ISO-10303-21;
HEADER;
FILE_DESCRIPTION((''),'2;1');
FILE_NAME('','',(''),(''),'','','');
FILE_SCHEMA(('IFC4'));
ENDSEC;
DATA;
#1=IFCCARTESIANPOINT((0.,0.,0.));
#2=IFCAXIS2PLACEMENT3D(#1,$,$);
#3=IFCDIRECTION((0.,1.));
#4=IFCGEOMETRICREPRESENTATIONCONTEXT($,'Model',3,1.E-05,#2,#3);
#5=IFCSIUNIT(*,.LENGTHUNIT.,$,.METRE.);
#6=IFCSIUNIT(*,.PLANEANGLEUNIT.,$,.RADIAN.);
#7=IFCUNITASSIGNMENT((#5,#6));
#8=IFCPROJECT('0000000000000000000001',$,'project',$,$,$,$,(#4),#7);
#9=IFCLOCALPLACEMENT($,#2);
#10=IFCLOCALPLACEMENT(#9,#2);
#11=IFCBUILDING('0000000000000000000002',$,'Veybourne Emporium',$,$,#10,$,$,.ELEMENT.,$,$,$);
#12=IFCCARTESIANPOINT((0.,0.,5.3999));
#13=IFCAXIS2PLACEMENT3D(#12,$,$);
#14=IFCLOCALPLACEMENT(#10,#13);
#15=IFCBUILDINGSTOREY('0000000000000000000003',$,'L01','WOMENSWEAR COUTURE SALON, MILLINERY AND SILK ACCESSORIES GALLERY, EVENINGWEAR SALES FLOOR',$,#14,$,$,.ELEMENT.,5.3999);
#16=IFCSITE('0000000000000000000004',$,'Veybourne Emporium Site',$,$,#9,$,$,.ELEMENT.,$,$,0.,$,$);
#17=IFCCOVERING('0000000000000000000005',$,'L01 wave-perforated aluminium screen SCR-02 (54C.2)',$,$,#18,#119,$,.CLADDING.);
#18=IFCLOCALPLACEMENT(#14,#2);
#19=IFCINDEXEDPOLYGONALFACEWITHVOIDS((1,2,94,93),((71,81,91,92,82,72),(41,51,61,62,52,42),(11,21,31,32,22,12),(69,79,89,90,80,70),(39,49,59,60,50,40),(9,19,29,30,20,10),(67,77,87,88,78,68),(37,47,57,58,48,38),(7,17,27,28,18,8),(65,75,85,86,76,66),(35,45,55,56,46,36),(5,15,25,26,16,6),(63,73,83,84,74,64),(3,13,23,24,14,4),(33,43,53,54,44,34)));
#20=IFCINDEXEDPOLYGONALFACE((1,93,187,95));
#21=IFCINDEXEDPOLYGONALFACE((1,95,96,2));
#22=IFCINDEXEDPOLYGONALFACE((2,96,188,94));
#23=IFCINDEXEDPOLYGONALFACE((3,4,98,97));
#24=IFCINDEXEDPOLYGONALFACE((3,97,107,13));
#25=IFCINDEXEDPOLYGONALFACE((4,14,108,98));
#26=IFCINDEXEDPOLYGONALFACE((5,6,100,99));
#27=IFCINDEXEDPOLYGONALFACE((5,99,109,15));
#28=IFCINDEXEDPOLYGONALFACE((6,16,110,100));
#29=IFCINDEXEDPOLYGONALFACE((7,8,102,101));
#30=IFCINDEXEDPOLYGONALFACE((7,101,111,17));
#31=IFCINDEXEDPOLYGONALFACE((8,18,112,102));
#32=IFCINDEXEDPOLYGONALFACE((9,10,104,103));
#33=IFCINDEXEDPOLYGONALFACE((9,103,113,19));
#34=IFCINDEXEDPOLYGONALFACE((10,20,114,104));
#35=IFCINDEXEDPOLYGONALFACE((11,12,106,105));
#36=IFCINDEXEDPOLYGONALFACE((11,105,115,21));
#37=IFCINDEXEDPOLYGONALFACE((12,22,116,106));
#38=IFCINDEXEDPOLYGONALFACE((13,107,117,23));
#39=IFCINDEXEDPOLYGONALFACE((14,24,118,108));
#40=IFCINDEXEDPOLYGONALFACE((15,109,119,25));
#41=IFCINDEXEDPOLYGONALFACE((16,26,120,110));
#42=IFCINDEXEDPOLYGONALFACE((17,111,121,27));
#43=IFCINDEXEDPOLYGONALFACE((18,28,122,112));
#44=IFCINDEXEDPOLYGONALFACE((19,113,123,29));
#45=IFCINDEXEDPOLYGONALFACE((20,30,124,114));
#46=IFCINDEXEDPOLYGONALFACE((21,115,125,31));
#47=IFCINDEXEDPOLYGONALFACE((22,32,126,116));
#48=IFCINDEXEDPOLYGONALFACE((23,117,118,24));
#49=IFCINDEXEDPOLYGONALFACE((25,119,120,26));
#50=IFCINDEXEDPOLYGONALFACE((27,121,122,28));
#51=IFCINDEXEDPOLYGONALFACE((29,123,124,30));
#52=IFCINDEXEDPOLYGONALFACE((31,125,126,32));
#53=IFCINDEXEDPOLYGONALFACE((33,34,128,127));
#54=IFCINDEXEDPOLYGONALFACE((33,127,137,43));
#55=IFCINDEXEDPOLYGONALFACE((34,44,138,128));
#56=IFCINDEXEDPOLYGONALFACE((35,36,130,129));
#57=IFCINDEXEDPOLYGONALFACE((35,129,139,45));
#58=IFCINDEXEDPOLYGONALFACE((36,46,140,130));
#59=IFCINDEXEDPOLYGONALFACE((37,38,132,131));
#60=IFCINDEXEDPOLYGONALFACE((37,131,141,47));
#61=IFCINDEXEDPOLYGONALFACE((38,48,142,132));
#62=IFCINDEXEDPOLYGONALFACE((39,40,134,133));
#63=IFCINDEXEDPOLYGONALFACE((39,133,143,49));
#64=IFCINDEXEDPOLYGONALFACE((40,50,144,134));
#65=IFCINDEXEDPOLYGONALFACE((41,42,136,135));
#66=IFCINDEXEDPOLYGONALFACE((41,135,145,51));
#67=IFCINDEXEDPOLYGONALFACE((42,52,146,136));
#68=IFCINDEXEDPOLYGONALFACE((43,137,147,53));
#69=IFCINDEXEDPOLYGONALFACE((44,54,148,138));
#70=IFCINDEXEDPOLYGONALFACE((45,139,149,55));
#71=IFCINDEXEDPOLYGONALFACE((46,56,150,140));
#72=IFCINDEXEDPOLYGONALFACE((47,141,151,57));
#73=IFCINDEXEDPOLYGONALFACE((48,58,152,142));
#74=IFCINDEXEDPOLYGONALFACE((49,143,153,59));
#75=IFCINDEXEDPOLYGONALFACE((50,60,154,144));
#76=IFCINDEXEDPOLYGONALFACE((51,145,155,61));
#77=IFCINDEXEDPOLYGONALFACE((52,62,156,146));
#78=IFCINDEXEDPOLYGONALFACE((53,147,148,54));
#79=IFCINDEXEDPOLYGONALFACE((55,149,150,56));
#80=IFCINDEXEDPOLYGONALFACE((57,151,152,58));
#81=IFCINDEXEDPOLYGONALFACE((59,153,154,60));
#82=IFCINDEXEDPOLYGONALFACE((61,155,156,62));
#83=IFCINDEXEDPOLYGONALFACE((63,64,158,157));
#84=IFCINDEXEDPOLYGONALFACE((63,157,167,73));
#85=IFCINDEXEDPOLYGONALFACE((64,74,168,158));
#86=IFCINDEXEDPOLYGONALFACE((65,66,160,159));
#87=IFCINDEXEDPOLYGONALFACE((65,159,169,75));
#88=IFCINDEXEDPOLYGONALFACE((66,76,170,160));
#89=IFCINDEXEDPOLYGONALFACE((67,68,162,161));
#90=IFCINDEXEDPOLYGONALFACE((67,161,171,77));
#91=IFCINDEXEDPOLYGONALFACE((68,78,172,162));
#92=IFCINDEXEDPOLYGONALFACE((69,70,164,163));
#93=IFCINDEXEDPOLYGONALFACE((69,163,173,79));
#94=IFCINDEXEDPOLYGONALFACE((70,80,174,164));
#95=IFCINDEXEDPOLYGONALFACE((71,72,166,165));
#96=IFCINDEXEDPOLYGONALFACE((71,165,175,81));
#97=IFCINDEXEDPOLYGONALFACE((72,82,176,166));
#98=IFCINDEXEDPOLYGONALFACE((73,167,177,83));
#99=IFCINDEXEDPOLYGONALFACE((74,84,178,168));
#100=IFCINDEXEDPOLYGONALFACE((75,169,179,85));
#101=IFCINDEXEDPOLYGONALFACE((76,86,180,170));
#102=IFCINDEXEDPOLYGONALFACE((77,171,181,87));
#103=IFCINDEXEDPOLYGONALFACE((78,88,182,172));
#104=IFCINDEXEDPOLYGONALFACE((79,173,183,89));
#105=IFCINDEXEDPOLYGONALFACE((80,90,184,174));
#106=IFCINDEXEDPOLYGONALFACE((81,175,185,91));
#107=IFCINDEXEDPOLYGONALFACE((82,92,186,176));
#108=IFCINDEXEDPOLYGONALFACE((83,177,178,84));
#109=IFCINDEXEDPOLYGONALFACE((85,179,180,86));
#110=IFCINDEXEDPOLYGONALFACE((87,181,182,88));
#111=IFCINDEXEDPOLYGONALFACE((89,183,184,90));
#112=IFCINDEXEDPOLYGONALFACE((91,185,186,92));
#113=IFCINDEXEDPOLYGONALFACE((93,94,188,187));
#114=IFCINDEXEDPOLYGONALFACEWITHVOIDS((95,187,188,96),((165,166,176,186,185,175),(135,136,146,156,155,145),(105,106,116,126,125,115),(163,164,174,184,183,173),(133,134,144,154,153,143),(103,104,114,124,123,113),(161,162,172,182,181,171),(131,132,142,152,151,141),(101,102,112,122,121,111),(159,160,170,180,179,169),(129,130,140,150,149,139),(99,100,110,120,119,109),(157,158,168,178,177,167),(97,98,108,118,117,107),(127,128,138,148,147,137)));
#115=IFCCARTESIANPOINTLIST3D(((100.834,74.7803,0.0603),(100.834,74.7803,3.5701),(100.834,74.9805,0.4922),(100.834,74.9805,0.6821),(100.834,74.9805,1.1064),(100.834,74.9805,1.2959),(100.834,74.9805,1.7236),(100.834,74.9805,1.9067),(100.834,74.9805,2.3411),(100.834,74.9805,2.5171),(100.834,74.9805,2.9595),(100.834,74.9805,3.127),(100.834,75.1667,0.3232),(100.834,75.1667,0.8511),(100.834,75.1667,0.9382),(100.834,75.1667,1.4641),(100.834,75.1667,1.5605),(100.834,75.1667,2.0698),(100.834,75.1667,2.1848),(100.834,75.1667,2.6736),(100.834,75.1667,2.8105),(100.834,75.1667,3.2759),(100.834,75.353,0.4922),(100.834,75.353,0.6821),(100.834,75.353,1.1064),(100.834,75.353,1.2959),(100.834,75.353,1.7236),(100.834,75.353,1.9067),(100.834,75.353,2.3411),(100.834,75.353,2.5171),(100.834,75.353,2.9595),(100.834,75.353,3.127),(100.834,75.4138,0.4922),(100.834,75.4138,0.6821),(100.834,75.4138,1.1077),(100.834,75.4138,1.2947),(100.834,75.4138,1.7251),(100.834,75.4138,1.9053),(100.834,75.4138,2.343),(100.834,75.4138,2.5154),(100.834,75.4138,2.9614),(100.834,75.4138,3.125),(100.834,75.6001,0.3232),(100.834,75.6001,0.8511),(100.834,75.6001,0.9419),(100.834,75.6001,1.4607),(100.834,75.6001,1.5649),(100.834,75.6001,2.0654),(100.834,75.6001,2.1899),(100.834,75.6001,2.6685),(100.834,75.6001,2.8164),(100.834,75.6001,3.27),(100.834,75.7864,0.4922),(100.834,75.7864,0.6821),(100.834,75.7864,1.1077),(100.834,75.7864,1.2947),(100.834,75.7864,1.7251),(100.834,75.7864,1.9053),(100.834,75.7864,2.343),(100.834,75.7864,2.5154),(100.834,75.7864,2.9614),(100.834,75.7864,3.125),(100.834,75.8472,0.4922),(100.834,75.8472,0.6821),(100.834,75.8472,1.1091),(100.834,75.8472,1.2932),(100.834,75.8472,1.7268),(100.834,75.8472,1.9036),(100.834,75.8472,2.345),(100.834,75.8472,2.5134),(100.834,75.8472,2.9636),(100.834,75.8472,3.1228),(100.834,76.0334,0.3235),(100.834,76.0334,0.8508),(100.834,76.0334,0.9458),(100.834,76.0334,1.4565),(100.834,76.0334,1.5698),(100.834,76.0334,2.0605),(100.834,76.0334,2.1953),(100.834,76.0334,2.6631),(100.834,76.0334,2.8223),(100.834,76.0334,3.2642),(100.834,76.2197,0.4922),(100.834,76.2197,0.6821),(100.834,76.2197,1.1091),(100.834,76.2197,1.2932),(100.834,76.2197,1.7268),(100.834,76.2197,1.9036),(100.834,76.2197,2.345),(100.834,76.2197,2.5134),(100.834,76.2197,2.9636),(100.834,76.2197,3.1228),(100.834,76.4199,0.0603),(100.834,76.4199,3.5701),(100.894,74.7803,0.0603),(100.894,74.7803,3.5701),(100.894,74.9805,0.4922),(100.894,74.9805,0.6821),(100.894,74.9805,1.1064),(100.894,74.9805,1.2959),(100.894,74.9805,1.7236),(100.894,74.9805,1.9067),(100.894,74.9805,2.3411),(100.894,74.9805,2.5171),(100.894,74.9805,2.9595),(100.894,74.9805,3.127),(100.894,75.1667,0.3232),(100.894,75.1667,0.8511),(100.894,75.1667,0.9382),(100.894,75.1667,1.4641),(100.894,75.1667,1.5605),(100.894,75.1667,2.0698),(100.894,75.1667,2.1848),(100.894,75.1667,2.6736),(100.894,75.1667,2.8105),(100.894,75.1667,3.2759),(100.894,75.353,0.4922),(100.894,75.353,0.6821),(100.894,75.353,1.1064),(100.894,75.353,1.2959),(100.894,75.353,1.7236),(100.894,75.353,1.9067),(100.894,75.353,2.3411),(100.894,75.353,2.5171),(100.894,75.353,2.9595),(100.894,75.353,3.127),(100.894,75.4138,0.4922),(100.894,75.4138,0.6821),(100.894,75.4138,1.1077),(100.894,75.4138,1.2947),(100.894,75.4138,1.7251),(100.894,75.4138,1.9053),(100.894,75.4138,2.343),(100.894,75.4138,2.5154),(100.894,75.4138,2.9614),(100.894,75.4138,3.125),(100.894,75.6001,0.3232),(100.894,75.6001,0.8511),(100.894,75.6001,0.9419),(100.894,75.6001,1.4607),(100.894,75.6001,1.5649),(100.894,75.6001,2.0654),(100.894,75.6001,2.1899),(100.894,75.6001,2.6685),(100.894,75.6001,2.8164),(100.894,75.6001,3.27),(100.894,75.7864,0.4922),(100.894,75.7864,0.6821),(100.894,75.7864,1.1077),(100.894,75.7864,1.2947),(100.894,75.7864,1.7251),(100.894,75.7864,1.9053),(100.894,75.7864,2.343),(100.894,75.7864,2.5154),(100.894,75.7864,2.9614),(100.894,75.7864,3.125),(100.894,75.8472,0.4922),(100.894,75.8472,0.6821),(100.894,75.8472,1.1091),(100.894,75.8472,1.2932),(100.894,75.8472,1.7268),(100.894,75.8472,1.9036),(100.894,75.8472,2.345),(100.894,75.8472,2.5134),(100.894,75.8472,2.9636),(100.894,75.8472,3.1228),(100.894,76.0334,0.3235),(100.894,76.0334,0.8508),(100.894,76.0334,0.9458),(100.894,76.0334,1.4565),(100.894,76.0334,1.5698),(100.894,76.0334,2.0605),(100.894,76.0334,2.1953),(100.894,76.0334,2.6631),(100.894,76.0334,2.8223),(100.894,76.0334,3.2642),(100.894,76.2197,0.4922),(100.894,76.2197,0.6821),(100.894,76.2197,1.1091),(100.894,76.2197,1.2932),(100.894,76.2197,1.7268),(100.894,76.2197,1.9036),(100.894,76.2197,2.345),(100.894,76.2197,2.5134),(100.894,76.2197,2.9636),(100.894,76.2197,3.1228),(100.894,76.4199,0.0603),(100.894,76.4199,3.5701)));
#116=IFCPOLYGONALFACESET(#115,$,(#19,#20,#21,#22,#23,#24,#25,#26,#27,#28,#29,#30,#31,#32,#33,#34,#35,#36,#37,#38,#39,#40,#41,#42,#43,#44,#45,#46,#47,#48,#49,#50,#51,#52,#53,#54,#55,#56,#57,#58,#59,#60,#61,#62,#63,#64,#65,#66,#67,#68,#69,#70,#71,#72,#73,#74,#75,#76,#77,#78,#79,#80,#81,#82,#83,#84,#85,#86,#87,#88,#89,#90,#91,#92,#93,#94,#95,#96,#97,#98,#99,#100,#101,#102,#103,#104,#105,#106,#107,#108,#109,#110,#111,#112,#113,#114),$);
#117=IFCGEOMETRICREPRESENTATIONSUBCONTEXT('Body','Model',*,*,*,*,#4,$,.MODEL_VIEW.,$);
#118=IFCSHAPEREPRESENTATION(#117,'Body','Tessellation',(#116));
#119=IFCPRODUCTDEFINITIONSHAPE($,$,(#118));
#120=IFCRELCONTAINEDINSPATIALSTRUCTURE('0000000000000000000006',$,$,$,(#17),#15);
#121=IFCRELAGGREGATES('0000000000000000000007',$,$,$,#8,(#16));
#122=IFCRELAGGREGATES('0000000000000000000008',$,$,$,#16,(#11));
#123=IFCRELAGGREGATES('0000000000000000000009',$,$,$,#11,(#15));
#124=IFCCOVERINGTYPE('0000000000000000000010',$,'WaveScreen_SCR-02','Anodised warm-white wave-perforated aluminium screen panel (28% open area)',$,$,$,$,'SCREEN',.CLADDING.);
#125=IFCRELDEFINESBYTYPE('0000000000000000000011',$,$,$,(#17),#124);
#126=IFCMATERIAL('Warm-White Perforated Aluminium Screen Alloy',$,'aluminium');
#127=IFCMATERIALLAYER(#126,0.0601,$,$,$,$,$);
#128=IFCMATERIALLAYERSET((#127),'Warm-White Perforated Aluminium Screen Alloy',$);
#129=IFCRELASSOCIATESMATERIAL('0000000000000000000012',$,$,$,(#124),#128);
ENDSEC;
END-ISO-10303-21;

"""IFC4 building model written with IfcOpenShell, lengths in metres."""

from ifc_helpers import new_model, si_unit, direction, frame, origin, place, context, subcontext, project, spatial, polyline, outline, extrude, material, layer, layer_set, type_object, element, save


model = new_model("IFC4")

# Units and contexts
model_context = context("Model", 3, precision=1e-05, world=origin(), true_north=direction((0.0, 1.0)))
body_context = subcontext(model_context, "Body", "Model", "MODEL_VIEW")
ifc_project = project(units=[si_unit("LENGTHUNIT", "METRE"), si_unit("PLANEANGLEUNIT", "RADIAN")], contexts=[model_context])

# Site, building, storey
site_placement = place(None, origin())
site = spatial("IfcSite", under=ifc_project, at=site_placement, Name="Veybourne Emporium Site", CompositionType="ELEMENT", RefElevation=0.0)
building_placement = place(site_placement, origin())
building = spatial("IfcBuilding", under=site, at=building_placement, Name="Veybourne Emporium", CompositionType="ELEMENT")
storey_placement = place(building_placement, frame((0.0, 0.0, 5.3999)))
storey = spatial("IfcBuildingStorey", under=building, at=storey_placement, Name="L01", Description="WOMENSWEAR COUTURE SALON, MILLINERY AND SILK ACCESSORIES GALLERY, EVENINGWEAR SALES FLOOR", CompositionType="ELEMENT", Elevation=5.3999)

# Covering
ifc_material_1 = material(Name="Warm-White Perforated Aluminium Screen Alloy", Category="aluminium")
ifc_layer_1 = layer(ifc_material_1, 0.0601)
ifc_layer_set_1 = layer_set([ifc_layer_1], Name="Warm-White Perforated Aluminium Screen Alloy")
covering_type_1 = type_object("IfcCoveringType", Name="WaveScreen_SCR-02", Description="Anodised warm-white wave-perforated aluminium screen panel (28% open area)", ElementType="SCREEN", PredefinedType="CLADDING", material=ifc_layer_set_1)
covering_1_placement = place(storey_placement, frame((100.894, 75.6001, 1.8152), z_axis=(-1.0, 0.0, 0.0), x_axis=(0.0, -1.0, 0.0)))
element("IfcCovering", 1, at=covering_1_placement, inside=storey, type_object=covering_type_1, Name="L01 wave-perforated aluminium screen SCR-02 (54C.2)", PredefinedType="CLADDING", context=body_context, shape_type="SweptSolid", body=[
    extrude(outline(polyline([(-0.8198, -1.7549), (0.8198, -1.7549), (0.8198, 1.7549), (-0.8198, 1.7549), (-0.8198, -1.7549)]), holes=[polyline([(-0.4333, -0.9644), (-0.2471, -1.1331), (-0.2471, -1.323), (-0.4333, -1.4917), (-0.6196, -1.323), (-0.6196, -1.1331), (-0.4333, -0.9644)]), polyline([(-0.4333, -0.3586), (-0.2471, -0.522), (-0.2471, -0.7061), (-0.4333, -0.8694), (-0.6196, -0.7061), (-0.6196, -0.522), (-0.4333, -0.3586)]), polyline([(-0.4333, 0.2454), (-0.2471, 0.0884), (-0.2471, -0.0884), (-0.4333, -0.2454), (-0.6196, -0.0884), (-0.6196, 0.0884), (-0.4333, 0.2454)]), polyline([(-0.4333, 0.8479), (-0.2471, 0.6982), (-0.2471, 0.5298), (-0.4333, 0.3801), (-0.6196, 0.5298), (-0.6196, 0.6982), (-0.4333, 0.8479)]), polyline([(-0.4333, 1.449), (-0.2471, 1.3076), (-0.2471, 1.1484), (-0.4333, 1.0071), (-0.6196, 1.1484), (-0.6196, 1.3076), (-0.4333, 1.449)]), polyline([(0.0, -0.9641), (0.1863, -1.1331), (0.1863, -1.323), (0.0, -1.4919), (-0.1863, -1.323), (-0.1863, -1.1331), (0.0, -0.9641)]), polyline([(0.0, -0.3545), (0.1863, -0.5205), (0.1863, -0.7075), (0.0, -0.8733), (-0.1863, -0.7075), (-0.1863, -0.5205), (0.0, -0.3545)]), polyline([(0.0, 0.2502), (0.1863, 0.0901), (0.1863, -0.0901), (0.0, -0.2502), (-0.1863, -0.0901), (-0.1863, 0.0901), (0.0, 0.2502)]), polyline([(0.0, 0.8533), (0.1863, 0.7002), (0.1863, 0.5278), (0.0, 0.3748), (-0.1863, 0.5278), (-0.1863, 0.7002), (0.0, 0.8533)]), polyline([(0.0, 1.4548), (0.1863, 1.3098), (0.1863, 1.1462), (0.0, 1.0012), (-0.1863, 1.1462), (-0.1863, 1.3098), (0.0, 1.4548)]), polyline([(0.4333, -0.9641), (0.6196, -1.1331), (0.6196, -1.323), (0.4333, -1.4919), (0.2471, -1.323), (0.2471, -1.1331), (0.4333, -0.9641)]), polyline([(0.4333, -0.3511), (0.6196, -0.5193), (0.6196, -0.7087), (0.4333, -0.877), (0.2471, -0.7087), (0.2471, -0.5193), (0.4333, -0.3511)]), polyline([(0.4333, 0.2546), (0.6196, 0.0916), (0.6196, -0.0916), (0.4333, -0.2546), (0.2471, -0.0916), (0.2471, 0.0916), (0.4333, 0.2546)]), polyline([(0.4333, 0.8584), (0.6196, 0.7019), (0.6196, 0.5259), (0.4333, 0.3696), (0.2471, 0.5259), (0.2471, 0.7019), (0.4333, 0.8584)]), polyline([(0.4333, 1.4607), (0.6196, 1.3118), (0.6196, 1.1443), (0.4333, 0.9954), (0.2471, 1.1443), (0.2471, 1.3118), (0.4333, 1.4607)])]), origin(), (0.0, 0.0, 1.0), 0.0601),
])

save(model, "model.ifc")
